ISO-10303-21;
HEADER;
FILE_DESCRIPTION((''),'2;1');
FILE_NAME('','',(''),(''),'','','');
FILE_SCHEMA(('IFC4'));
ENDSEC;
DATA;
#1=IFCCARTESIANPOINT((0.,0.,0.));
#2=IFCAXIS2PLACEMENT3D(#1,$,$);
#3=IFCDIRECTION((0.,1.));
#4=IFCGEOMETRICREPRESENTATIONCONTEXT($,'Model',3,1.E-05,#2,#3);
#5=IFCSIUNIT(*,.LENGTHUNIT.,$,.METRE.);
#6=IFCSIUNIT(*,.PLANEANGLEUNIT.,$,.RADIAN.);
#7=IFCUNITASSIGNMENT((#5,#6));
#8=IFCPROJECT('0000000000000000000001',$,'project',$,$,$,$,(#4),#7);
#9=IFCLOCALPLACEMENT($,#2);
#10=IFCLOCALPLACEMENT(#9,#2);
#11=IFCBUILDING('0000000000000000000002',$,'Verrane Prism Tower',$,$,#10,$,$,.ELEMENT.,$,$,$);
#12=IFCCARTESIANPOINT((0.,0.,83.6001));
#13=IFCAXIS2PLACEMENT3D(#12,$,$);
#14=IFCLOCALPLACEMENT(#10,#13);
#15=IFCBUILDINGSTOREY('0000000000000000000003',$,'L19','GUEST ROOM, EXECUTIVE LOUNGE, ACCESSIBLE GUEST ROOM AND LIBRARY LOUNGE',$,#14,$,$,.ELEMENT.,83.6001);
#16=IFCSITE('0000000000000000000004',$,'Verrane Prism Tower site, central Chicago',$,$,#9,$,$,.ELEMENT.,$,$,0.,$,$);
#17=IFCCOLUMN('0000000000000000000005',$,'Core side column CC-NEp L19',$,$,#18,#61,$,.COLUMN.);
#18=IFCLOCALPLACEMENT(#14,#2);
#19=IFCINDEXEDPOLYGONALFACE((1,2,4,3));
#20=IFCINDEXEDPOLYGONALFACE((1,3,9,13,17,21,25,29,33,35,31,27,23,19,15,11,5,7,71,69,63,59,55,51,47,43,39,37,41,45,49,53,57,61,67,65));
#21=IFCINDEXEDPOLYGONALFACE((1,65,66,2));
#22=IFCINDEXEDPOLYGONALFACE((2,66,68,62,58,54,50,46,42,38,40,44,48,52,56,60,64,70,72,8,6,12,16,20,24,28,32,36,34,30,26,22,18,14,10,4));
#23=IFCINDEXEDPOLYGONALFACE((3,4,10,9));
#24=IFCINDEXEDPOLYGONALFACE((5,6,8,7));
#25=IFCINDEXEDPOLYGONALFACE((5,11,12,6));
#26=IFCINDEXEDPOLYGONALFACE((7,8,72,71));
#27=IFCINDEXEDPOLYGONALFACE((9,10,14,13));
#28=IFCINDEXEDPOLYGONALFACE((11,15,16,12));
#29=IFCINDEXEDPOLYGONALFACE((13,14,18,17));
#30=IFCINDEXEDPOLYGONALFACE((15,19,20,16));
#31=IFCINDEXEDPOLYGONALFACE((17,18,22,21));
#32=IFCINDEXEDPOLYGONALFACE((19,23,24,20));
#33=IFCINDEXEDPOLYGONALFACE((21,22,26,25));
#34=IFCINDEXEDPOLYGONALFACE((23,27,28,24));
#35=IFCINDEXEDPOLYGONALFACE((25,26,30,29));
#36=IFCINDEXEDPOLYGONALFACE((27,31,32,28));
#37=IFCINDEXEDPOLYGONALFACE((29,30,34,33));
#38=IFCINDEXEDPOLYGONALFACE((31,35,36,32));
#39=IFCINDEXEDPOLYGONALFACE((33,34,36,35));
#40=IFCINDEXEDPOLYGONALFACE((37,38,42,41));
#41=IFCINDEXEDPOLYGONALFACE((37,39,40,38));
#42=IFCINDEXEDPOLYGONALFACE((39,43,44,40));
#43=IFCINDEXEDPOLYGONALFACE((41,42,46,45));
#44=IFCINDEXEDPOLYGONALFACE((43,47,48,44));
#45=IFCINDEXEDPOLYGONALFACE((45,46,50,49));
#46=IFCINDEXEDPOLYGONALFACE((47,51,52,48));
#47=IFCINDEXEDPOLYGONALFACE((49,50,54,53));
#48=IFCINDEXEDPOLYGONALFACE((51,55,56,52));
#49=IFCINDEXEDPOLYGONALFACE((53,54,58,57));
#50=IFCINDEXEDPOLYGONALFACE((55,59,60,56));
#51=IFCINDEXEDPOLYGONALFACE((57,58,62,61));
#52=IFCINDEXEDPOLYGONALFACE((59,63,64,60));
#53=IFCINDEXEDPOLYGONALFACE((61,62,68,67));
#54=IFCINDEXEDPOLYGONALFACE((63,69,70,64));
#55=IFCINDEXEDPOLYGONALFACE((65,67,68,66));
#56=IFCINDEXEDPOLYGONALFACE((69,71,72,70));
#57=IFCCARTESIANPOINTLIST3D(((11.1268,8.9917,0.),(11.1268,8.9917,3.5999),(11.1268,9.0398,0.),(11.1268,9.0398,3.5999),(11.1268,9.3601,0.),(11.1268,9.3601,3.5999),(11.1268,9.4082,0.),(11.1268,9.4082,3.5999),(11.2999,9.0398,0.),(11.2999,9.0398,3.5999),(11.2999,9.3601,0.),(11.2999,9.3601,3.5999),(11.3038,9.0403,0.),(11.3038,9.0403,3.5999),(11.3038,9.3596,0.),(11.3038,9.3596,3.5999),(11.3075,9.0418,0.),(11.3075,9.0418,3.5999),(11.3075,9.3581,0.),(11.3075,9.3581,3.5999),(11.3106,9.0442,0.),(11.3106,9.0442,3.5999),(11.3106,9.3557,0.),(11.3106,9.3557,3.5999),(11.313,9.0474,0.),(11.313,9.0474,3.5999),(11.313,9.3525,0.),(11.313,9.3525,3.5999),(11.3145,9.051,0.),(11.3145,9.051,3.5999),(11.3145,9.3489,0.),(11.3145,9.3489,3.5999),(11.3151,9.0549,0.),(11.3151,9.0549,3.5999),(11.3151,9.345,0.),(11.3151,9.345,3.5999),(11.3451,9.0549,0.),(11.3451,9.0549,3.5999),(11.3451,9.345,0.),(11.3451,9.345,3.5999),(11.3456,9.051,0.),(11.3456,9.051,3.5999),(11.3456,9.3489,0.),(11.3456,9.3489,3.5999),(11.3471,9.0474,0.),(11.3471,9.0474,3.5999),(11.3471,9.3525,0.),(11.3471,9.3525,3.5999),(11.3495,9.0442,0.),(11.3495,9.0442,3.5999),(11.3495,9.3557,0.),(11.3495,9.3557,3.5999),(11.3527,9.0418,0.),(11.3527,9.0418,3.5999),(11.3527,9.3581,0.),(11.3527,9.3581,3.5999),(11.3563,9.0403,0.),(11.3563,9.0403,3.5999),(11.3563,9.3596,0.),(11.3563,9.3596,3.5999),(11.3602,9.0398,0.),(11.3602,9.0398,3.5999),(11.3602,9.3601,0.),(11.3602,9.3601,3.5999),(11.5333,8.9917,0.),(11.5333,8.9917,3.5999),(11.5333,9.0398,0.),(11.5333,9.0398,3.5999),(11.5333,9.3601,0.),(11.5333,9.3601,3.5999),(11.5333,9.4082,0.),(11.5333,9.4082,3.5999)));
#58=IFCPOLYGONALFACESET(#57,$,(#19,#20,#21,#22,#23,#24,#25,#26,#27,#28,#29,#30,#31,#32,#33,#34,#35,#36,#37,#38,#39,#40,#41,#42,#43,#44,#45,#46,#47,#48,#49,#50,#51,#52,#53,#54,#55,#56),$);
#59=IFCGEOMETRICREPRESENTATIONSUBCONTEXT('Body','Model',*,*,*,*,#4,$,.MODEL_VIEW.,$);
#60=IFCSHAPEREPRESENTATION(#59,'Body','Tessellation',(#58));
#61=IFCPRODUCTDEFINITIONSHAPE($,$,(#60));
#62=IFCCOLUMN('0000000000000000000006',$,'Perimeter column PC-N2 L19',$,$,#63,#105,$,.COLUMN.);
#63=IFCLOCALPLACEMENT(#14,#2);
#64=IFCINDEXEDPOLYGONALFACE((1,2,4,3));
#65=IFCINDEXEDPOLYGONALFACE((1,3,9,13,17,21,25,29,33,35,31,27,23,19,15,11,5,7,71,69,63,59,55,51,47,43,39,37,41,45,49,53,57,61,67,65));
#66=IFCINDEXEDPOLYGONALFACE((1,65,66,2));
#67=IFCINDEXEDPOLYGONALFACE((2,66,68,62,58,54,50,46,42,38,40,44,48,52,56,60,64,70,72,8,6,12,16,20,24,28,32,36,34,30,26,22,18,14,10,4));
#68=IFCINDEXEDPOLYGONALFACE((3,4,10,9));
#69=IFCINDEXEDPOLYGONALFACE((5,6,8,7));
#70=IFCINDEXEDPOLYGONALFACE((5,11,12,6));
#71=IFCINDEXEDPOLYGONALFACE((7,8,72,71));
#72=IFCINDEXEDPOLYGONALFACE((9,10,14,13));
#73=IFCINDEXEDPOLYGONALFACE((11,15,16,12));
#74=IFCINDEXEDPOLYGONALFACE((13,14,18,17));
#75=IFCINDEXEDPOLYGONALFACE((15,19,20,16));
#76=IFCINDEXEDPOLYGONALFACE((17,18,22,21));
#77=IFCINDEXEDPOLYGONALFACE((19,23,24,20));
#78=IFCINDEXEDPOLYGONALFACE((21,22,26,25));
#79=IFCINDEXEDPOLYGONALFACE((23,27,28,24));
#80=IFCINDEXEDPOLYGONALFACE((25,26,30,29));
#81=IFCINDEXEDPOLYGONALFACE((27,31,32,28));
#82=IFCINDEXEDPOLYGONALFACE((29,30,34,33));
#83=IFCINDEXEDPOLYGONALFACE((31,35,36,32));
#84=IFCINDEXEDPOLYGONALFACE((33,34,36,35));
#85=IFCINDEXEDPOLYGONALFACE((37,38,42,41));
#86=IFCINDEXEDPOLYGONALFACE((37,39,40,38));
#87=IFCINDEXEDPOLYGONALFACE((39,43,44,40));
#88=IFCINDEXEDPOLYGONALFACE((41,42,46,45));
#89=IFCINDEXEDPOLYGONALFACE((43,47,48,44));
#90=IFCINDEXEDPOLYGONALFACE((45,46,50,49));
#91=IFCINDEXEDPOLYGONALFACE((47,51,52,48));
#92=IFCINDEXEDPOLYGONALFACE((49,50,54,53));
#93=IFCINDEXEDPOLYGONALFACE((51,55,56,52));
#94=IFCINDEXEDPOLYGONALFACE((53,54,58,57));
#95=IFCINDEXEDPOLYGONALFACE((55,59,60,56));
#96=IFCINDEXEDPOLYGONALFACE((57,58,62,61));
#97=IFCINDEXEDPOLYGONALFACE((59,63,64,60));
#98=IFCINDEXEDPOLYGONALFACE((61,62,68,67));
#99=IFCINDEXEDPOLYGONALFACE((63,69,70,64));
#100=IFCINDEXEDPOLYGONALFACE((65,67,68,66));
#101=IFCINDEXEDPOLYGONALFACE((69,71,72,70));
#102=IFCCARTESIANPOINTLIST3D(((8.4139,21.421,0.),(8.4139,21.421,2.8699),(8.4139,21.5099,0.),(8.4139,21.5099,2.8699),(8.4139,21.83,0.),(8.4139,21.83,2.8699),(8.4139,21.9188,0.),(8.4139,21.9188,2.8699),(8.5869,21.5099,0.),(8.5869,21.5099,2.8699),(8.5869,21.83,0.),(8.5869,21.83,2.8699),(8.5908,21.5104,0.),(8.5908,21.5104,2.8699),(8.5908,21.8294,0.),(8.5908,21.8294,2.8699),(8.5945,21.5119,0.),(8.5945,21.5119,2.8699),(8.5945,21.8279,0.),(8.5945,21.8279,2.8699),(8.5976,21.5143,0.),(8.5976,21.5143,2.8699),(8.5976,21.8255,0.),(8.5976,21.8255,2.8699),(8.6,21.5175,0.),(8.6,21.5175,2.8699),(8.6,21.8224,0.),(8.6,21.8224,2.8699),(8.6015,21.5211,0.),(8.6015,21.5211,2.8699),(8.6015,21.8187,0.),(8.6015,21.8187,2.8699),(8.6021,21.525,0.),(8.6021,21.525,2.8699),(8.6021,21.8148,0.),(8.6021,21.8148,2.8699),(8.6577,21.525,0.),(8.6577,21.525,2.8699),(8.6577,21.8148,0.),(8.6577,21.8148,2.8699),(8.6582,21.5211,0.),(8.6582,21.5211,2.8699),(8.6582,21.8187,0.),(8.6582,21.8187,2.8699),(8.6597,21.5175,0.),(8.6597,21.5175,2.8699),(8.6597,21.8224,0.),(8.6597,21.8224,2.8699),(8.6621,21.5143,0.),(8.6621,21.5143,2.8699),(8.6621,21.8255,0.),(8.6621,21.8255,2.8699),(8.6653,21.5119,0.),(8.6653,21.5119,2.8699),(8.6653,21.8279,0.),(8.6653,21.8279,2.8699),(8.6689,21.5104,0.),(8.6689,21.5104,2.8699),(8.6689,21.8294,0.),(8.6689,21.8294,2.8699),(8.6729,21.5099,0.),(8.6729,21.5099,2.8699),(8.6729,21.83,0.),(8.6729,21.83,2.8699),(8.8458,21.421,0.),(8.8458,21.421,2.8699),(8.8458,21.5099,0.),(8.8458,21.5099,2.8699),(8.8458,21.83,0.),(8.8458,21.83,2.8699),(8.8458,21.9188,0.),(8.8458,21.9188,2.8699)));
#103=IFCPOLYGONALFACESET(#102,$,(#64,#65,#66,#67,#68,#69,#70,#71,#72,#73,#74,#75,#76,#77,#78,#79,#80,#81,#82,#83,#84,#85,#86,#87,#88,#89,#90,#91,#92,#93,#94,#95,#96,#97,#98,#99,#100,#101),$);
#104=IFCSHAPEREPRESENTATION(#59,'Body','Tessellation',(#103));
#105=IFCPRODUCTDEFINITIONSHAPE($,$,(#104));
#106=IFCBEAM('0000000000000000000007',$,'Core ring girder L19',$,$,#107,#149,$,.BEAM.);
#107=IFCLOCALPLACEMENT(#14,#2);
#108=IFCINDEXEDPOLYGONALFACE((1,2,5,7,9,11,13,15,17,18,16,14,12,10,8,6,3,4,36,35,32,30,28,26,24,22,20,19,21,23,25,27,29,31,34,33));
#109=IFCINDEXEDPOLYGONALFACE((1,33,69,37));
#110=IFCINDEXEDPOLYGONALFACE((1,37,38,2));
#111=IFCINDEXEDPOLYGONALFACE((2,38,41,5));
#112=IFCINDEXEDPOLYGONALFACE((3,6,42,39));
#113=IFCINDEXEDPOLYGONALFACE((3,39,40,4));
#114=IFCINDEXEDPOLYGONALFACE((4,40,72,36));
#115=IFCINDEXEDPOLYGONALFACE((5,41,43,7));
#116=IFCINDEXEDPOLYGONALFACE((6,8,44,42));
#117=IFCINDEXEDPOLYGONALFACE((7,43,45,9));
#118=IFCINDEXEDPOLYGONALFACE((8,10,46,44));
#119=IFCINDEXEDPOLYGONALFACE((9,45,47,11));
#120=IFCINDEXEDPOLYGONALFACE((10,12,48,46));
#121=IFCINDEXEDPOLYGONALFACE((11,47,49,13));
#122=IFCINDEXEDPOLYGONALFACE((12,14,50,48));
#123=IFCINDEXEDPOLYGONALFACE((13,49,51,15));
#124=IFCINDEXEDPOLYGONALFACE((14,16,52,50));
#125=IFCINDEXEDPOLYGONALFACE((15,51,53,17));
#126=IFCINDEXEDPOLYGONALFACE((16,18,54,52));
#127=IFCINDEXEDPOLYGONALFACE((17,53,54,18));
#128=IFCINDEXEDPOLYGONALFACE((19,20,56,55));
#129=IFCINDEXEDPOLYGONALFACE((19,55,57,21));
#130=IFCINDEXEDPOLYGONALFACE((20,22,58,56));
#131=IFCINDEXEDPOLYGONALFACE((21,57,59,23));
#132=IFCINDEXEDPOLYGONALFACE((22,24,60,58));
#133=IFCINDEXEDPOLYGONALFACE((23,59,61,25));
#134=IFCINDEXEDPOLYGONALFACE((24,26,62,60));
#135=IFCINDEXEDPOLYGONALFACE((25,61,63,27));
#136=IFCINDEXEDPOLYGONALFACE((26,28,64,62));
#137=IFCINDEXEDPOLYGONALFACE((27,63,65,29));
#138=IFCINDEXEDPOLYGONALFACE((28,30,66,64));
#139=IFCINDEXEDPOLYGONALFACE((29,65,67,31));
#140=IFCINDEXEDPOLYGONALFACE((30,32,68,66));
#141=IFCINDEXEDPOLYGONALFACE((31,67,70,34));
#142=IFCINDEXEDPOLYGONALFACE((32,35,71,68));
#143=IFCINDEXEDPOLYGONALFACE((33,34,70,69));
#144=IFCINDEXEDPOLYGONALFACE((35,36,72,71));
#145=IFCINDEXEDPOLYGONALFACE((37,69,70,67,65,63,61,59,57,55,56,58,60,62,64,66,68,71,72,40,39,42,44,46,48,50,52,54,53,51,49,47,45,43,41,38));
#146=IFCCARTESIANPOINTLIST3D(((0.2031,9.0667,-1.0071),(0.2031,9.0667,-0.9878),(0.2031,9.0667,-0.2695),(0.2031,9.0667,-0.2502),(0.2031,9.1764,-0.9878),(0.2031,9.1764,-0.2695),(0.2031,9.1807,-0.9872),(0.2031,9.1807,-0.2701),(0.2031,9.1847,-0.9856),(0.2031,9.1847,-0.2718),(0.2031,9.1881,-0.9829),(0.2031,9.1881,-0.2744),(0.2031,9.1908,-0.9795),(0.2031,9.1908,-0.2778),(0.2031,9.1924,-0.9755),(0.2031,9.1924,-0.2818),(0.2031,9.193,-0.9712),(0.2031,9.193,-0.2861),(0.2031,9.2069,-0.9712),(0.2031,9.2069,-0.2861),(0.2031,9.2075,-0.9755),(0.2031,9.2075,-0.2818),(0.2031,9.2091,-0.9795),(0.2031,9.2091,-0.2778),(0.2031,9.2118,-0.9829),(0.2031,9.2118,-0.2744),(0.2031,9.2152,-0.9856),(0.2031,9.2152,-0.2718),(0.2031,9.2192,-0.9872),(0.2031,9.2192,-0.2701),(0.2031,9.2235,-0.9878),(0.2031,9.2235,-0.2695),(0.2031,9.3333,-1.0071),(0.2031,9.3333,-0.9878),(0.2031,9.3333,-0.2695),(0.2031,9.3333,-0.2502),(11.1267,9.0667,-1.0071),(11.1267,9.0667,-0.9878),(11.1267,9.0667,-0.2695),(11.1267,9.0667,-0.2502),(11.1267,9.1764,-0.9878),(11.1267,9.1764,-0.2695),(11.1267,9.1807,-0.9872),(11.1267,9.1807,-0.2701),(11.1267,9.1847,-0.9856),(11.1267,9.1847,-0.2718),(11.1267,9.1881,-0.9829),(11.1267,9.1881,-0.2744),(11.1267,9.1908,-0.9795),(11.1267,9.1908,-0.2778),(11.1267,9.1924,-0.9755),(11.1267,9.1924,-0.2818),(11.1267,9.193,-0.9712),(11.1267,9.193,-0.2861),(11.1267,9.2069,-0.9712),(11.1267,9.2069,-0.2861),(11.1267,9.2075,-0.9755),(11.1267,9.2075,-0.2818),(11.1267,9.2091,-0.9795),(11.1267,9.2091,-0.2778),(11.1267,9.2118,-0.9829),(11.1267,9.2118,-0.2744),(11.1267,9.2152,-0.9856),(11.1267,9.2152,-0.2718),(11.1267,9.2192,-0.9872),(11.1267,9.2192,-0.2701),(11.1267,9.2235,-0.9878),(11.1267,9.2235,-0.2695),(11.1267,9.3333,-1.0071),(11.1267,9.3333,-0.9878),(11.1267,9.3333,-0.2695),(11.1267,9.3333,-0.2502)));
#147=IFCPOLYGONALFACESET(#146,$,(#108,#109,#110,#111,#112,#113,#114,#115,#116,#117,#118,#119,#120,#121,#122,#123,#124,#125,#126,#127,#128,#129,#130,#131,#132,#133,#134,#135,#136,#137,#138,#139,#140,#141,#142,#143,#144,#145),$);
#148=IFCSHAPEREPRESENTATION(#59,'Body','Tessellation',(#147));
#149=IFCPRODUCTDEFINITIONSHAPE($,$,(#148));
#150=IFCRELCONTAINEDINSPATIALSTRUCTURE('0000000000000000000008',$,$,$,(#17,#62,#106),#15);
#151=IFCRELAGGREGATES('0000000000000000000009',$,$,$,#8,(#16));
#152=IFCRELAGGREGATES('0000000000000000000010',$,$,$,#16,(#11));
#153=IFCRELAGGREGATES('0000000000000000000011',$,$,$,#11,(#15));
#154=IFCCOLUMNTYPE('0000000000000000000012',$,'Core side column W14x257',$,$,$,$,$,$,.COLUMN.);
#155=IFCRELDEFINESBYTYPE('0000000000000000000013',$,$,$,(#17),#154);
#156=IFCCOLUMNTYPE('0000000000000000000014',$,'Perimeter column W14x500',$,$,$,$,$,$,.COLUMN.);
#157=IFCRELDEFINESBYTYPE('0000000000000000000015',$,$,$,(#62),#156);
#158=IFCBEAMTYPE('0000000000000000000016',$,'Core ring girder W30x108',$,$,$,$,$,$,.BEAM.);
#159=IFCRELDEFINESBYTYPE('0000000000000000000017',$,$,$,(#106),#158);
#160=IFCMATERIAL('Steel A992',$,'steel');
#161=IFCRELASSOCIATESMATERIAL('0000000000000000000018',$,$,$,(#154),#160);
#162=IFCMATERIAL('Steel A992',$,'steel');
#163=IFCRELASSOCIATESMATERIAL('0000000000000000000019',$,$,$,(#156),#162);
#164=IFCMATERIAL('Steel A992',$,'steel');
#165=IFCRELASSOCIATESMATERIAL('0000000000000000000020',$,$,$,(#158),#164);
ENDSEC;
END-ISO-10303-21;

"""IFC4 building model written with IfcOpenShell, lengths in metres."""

from ifc_helpers import new_model, si_unit, direction, frame, origin, origin_2d, place, context, subcontext, project, spatial, i_section, extrude, material, material_profile, profile_set, type_object, element, save


model = new_model("IFC4")

# Units and contexts
model_context = context("Model", 3, precision=1e-05, world=origin(), true_north=direction((0.0, 1.0)))
body_context = subcontext(model_context, "Body", "Model", "MODEL_VIEW")
ifc_project = project(units=[si_unit("LENGTHUNIT", "METRE"), si_unit("PLANEANGLEUNIT", "RADIAN")], contexts=[model_context])

# Site, building, storey
site_placement = place(None, origin())
site = spatial("IfcSite", under=ifc_project, at=site_placement, Name="Verrane Prism Tower site, central Chicago", CompositionType="ELEMENT", RefElevation=0.0)
building_placement = place(site_placement, origin())
building = spatial("IfcBuilding", under=site, at=building_placement, Name="Verrane Prism Tower", CompositionType="ELEMENT")
storey_placement = place(building_placement, frame((0.0, 0.0, 83.6001)))
storey = spatial("IfcBuildingStorey", under=building, at=storey_placement, Name="L19", Description="GUEST ROOM, EXECUTIVE LOUNGE, ACCESSIBLE GUEST ROOM AND LIBRARY LOUNGE", CompositionType="ELEMENT", Elevation=83.6001)

# Columns
ifc_material_1 = material(Name="Steel A992", Category="steel")
ifc_material_profile_1 = material_profile(ifc_material_1, i_section(OverallWidth=0.4065, OverallDepth=0.4165, WebThickness=0.03, FlangeThickness=0.0481, FilletRadius=0.0151, at=origin_2d()), Name="W14x257")
ifc_profile_set_1 = profile_set([ifc_material_profile_1], Name="Steel A992")
column_type_1 = type_object("IfcColumnType", Name="Core side column W14x257", PredefinedType="COLUMN", material=ifc_profile_set_1)
column_1_placement = place(storey_placement, frame((11.3301, 9.2, 0.0), z_axis=(0.0, 0.0, 1.0), x_axis=(1.0, 0.0, 0.0)))
element("IfcColumn", 1, at=column_1_placement, inside=storey, type_object=column_type_1, Name="Core side column CC-NEp L19", PredefinedType="COLUMN", context=body_context, shape_type="SweptSolid", body=[
    extrude(i_section(OverallWidth=0.4065, OverallDepth=0.4165, WebThickness=0.03, FlangeThickness=0.0481, FilletRadius=0.0151, at=origin_2d()), origin(), (0.0, 0.0, 1.0), 3.5999),
])
ifc_material_2 = material(Name="Steel A992", Category="steel")
ifc_material_profile_2 = material_profile(ifc_material_2, i_section(OverallWidth=0.4319, OverallDepth=0.4978, WebThickness=0.0557, FlangeThickness=0.0889, FilletRadius=0.0151, at=origin_2d()), Name="W14x500")
ifc_profile_set_2 = profile_set([ifc_material_profile_2], Name="Steel A992")
column_type_2 = type_object("IfcColumnType", Name="Perimeter column W14x500", PredefinedType="COLUMN", material=ifc_profile_set_2)
column_2_placement = place(storey_placement, frame((8.6299, 21.6699, 0.0), z_axis=(0.0, 0.0, 1.0), x_axis=(1.0, 0.0, 0.0)))
element("IfcColumn", 2, at=column_2_placement, inside=storey, type_object=column_type_2, Name="Perimeter column PC-N2 L19", PredefinedType="COLUMN", context=body_context, shape_type="SweptSolid", body=[
    extrude(i_section(OverallWidth=0.4319, OverallDepth=0.4978, WebThickness=0.0557, FlangeThickness=0.0889, FilletRadius=0.0151, at=origin_2d()), origin(), (0.0, 0.0, 1.0), 2.8699),
])

# Beam
ifc_material_3 = material(Name="Steel A992", Category="steel")
ifc_material_profile_3 = material_profile(ifc_material_3, i_section(OverallWidth=0.2666, OverallDepth=0.7568, WebThickness=0.0139, FlangeThickness=0.0193, FilletRadius=0.0166, at=origin_2d()), Name="W30x108")
ifc_profile_set_3 = profile_set([ifc_material_profile_3], Name="Steel A992")
beam_type_1 = type_object("IfcBeamType", Name="Core ring girder W30x108", PredefinedType="BEAM", material=ifc_profile_set_3)
beam_1_placement = place(storey_placement, frame((11.1267, 9.2, -0.6287), z_axis=(-1.0, 0.0, 0.0), x_axis=(0.0, -1.0, 0.0)))
element("IfcBeam", 3, at=beam_1_placement, inside=storey, type_object=beam_type_1, Name="Core ring girder L19", PredefinedType="BEAM", context=body_context, shape_type="SweptSolid", body=[
    extrude(i_section(OverallWidth=0.2666, OverallDepth=0.7568, WebThickness=0.0139, FlangeThickness=0.0193, FilletRadius=0.0166, at=origin_2d()), origin(), (0.0, 0.0, 1.0), 10.9236),
])

save(model, "model.ifc")
